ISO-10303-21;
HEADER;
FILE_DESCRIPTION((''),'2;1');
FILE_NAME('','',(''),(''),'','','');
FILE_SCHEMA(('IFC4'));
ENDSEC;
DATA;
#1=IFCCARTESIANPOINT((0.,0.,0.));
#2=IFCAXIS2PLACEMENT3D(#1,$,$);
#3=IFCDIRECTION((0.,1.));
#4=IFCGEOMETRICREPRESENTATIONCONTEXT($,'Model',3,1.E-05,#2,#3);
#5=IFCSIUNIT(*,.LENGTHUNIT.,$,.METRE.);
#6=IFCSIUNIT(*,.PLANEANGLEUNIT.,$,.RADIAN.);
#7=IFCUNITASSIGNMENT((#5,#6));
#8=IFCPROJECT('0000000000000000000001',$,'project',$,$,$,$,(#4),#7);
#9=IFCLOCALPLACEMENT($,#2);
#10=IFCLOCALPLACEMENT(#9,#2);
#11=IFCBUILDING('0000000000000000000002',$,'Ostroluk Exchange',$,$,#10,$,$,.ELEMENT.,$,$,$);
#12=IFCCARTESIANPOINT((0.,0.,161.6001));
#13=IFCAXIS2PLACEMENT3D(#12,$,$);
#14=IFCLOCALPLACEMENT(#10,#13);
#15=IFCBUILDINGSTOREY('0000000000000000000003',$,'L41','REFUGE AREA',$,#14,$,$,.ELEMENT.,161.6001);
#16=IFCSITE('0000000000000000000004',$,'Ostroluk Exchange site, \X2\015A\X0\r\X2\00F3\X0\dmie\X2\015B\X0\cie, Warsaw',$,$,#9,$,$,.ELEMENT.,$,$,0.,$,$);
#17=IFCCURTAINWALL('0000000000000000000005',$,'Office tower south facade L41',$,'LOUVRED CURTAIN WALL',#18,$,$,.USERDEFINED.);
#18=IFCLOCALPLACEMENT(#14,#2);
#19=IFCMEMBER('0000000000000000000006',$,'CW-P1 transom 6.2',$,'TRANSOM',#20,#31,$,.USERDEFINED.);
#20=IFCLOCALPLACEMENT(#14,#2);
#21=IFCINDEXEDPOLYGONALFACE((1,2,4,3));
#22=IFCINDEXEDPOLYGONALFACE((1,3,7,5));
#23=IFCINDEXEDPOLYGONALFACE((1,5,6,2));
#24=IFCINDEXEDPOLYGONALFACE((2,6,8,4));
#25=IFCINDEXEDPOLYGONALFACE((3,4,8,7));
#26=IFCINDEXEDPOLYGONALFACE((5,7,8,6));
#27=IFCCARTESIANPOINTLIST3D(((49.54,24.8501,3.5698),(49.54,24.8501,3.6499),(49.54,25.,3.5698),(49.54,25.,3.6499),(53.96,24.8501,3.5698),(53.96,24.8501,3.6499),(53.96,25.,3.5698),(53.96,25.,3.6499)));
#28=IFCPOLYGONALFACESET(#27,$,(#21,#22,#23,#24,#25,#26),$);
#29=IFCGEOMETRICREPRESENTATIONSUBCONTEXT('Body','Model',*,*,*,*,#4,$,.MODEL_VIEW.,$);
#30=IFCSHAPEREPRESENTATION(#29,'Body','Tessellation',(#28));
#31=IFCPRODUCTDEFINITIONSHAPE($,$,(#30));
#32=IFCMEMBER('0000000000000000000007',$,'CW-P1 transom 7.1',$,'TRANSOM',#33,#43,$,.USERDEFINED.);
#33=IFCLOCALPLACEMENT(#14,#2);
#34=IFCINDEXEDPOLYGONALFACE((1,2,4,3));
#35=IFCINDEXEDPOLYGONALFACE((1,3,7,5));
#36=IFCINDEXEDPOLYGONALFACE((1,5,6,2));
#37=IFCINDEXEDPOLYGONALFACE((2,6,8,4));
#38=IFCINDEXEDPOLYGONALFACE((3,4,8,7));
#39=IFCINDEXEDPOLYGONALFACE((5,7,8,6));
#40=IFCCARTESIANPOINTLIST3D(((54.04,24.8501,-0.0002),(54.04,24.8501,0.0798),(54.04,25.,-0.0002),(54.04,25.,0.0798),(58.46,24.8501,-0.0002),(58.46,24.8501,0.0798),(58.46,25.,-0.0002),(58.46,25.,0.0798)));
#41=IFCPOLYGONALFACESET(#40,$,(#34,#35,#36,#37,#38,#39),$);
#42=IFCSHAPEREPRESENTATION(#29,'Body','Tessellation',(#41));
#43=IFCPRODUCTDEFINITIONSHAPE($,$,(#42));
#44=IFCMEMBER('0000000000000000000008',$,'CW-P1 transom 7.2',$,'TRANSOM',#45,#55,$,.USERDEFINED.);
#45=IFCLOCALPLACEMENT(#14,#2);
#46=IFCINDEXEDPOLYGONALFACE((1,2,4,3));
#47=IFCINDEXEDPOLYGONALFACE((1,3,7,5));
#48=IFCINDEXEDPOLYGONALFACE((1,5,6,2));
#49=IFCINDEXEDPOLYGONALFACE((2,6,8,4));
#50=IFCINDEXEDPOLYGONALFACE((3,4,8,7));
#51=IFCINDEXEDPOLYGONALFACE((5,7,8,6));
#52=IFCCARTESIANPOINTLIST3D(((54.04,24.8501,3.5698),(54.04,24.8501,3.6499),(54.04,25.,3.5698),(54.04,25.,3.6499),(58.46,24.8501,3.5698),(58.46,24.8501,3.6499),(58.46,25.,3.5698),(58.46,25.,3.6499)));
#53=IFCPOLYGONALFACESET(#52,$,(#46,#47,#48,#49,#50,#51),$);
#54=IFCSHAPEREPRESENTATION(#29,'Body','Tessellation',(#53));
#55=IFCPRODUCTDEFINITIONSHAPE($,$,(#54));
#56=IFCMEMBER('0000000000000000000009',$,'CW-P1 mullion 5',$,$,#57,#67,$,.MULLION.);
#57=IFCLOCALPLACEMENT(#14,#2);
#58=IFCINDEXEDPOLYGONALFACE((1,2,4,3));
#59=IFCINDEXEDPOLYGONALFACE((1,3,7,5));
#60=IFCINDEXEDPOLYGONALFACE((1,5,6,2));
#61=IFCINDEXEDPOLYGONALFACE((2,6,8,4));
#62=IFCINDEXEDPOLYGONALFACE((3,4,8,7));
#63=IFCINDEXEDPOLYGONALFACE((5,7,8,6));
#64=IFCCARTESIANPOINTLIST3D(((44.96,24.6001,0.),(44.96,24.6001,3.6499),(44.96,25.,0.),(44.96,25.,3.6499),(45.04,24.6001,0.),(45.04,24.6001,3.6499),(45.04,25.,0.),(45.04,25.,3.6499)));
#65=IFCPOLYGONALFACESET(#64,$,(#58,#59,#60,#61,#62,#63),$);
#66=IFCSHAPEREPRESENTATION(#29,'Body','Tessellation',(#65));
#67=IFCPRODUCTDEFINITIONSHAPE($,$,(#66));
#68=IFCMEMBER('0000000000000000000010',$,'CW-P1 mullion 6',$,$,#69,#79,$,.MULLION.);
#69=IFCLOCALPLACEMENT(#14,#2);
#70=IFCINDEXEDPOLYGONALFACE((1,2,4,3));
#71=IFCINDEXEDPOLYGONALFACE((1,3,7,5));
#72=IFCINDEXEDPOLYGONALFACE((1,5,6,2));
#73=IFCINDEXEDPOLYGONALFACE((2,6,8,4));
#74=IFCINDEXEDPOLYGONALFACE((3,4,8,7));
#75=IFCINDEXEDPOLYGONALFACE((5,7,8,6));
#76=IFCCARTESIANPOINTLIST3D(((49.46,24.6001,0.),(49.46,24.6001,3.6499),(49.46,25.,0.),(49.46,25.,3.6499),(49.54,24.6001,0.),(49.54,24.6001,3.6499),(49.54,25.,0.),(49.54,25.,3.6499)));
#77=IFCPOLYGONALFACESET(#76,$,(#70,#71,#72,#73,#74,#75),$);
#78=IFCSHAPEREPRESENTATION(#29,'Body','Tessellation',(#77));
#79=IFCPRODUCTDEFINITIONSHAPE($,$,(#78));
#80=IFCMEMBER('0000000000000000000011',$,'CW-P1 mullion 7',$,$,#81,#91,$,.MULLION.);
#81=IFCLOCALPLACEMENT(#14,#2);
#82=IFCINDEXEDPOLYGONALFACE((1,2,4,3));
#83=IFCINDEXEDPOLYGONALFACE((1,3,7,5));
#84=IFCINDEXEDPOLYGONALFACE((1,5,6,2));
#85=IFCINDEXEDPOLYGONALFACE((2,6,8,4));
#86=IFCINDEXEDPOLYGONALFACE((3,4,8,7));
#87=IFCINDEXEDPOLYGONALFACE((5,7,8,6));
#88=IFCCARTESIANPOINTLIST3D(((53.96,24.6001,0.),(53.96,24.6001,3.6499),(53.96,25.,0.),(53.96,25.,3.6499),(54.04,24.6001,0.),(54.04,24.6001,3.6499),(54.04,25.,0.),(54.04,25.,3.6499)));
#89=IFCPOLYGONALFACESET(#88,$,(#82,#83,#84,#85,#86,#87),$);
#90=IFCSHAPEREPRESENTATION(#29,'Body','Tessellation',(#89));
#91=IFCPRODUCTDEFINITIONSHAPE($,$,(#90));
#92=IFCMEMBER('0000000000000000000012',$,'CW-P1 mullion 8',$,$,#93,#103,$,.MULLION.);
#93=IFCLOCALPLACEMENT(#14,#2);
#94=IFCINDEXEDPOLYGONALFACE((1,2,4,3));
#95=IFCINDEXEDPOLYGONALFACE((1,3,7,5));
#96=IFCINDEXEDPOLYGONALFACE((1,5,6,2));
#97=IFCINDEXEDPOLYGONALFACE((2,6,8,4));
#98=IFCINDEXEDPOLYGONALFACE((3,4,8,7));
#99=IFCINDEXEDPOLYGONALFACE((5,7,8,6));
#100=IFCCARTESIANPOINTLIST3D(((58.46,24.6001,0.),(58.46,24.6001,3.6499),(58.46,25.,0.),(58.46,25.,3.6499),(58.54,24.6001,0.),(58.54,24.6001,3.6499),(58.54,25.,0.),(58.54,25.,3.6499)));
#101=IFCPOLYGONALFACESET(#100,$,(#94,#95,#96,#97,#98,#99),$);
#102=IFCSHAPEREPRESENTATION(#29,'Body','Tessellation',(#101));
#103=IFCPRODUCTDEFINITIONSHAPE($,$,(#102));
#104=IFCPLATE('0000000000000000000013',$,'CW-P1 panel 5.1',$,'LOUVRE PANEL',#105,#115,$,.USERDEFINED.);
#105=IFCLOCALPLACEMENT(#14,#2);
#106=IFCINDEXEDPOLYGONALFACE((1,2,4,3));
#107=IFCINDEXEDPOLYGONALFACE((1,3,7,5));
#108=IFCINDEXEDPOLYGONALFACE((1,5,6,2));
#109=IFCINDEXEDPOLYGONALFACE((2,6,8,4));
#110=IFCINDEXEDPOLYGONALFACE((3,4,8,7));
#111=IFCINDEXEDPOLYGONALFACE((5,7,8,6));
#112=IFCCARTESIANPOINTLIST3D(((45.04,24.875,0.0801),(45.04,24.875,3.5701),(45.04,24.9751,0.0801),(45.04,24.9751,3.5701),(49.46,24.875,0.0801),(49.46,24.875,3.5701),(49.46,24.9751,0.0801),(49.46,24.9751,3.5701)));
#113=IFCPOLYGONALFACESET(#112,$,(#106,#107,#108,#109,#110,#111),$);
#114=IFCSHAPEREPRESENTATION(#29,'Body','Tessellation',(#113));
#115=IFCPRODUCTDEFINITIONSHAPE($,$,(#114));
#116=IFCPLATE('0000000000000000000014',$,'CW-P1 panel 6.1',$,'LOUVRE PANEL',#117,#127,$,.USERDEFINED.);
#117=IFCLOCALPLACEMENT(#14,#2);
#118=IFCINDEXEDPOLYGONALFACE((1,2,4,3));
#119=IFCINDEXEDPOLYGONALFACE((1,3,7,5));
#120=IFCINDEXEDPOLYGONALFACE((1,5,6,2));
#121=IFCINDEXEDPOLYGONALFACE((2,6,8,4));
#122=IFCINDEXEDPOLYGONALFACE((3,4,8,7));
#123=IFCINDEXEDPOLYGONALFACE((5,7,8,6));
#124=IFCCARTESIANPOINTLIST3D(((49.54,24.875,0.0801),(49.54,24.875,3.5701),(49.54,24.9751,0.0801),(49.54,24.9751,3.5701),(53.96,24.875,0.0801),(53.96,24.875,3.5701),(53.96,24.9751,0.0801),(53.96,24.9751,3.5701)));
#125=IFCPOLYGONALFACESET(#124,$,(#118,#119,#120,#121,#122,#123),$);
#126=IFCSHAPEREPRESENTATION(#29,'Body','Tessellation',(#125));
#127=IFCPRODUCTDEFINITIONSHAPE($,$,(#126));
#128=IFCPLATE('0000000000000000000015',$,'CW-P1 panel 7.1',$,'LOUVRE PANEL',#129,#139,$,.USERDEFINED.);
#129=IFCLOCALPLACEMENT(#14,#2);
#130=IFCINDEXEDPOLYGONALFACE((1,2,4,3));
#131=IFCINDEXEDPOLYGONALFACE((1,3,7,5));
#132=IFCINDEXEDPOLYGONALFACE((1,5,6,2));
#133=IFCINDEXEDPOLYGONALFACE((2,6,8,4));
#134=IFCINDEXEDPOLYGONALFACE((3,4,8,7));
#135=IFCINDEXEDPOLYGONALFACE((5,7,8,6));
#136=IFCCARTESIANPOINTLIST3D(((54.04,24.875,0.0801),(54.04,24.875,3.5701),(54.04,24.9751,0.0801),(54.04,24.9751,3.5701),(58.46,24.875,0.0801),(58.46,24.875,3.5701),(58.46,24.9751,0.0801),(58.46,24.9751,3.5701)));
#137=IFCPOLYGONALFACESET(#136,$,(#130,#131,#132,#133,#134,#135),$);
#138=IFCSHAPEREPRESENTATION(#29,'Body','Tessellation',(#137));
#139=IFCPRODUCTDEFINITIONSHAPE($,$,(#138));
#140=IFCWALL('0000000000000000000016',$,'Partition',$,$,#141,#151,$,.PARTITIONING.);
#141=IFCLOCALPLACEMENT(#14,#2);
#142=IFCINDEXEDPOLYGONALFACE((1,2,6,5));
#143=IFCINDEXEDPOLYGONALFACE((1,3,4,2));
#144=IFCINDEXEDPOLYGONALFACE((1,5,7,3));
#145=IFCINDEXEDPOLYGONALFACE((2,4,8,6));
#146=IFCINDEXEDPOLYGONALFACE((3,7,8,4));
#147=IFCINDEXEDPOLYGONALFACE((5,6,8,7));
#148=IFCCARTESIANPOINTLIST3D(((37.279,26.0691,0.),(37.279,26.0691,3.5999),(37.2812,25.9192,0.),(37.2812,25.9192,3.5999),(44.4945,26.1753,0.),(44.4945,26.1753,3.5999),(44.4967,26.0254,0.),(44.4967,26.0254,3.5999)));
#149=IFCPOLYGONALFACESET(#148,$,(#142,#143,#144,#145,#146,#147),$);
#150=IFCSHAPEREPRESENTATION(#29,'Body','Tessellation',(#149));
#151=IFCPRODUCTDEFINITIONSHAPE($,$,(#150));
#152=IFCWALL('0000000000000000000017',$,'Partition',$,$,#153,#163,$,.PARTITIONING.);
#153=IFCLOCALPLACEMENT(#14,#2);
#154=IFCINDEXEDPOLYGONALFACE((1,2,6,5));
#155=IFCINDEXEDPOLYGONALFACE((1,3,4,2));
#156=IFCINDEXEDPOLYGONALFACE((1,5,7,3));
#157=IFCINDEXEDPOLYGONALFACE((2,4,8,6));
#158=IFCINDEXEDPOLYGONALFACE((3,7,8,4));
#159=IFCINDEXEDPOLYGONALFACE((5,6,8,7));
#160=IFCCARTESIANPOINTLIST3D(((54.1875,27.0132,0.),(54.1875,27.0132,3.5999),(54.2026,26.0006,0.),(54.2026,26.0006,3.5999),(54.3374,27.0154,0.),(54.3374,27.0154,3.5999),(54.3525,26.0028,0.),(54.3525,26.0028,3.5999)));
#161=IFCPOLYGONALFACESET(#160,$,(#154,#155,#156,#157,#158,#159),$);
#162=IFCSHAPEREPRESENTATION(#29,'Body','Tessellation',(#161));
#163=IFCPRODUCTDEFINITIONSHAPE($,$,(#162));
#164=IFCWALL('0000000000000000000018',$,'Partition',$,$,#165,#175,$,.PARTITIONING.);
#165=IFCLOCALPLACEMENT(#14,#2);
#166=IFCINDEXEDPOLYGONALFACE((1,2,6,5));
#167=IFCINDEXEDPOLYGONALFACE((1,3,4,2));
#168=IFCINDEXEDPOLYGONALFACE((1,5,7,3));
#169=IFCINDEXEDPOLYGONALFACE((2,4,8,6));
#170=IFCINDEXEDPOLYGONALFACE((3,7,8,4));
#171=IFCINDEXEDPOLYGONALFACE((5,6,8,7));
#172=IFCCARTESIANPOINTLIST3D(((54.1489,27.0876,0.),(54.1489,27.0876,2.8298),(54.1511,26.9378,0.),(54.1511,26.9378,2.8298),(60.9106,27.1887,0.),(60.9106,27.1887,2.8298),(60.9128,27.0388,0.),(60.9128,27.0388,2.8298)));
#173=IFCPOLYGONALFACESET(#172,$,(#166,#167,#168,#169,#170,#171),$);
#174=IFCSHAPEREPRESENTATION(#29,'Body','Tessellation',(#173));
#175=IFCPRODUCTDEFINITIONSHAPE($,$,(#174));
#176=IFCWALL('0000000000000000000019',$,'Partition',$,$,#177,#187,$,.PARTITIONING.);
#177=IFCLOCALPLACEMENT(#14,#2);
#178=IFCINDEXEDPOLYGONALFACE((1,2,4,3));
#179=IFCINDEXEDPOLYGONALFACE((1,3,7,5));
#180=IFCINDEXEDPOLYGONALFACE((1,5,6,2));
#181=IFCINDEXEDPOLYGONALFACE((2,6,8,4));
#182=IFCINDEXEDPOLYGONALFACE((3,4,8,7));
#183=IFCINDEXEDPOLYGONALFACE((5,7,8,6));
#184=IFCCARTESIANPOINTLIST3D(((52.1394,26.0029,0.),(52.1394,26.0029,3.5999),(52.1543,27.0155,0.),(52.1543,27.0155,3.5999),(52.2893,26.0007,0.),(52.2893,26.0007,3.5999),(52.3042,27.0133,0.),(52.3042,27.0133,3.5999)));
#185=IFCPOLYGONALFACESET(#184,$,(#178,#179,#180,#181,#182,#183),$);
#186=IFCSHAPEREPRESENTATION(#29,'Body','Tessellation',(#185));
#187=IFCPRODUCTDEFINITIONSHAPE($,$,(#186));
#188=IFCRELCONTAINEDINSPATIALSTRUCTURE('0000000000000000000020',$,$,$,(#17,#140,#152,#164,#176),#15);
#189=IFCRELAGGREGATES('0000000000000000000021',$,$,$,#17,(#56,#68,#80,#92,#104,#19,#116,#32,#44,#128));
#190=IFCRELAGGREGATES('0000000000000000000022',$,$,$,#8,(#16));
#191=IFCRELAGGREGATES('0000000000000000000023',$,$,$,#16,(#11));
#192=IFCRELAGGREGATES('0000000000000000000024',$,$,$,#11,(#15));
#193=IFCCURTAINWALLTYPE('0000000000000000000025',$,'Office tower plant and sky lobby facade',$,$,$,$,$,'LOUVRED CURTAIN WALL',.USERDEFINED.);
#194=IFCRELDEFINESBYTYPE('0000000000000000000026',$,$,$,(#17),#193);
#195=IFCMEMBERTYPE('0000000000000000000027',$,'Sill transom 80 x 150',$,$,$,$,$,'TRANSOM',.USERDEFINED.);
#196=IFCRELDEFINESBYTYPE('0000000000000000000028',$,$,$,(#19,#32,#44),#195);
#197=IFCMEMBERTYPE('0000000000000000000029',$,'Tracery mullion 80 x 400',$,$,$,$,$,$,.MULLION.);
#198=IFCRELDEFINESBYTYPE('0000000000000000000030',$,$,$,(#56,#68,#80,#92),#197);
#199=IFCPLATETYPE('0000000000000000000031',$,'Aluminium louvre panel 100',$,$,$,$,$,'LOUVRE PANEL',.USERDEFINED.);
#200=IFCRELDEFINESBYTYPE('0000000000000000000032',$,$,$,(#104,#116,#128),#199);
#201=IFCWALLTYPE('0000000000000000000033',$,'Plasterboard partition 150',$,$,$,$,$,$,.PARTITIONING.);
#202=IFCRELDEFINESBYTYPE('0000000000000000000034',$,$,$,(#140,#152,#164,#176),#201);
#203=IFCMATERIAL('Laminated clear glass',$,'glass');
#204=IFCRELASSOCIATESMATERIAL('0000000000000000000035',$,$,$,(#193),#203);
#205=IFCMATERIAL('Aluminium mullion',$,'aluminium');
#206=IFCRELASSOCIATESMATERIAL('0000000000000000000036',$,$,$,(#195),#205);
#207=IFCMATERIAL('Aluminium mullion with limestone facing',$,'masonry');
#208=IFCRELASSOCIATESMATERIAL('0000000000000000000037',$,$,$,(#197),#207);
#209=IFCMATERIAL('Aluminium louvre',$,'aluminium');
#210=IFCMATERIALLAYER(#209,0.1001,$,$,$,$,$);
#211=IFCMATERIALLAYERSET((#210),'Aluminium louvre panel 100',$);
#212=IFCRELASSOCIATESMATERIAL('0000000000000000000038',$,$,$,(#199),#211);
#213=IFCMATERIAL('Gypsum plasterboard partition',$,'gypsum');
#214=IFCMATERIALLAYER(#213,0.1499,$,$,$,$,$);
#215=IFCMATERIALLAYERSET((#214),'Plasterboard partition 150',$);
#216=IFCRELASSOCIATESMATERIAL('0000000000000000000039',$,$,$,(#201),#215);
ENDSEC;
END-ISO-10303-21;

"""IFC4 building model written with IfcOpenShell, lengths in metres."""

from ifc_helpers import new_model, si_unit, direction, frame, frame_2d, origin, origin_2d, place, context, subcontext, project, spatial, rectangle, extrude, material, layer, layer_set, material_profile, profile_set, type_object, element, aggregate, save


model = new_model("IFC4")

# Units and contexts
model_context = context("Model", 3, precision=1e-05, world=origin(), true_north=direction((0.0, 1.0)))
body_context = subcontext(model_context, "Body", "Model", "MODEL_VIEW")
ifc_project = project(units=[si_unit("LENGTHUNIT", "METRE"), si_unit("PLANEANGLEUNIT", "RADIAN")], contexts=[model_context])

# Site, building, storey
site_placement = place(None, origin())
site = spatial("IfcSite", under=ifc_project, at=site_placement, Name="Ostroluk Exchange site, Śródmieście, Warsaw", CompositionType="ELEMENT", RefElevation=0.0)
building_placement = place(site_placement, origin())
building = spatial("IfcBuilding", under=site, at=building_placement, Name="Ostroluk Exchange", CompositionType="ELEMENT")
storey_placement = place(building_placement, frame((0.0, 0.0, 161.6001)))
storey = spatial("IfcBuildingStorey", under=building, at=storey_placement, Name="L41", Description="REFUGE AREA", CompositionType="ELEMENT", Elevation=161.6001)

# Curtain wall, members, plates
ifc_material_1 = material(Name="Laminated clear glass", Category="glass")
curtain_wall_type = type_object("IfcCurtainWallType", Name="Office tower plant and sky lobby facade", ElementType="LOUVRED CURTAIN WALL", PredefinedType="USERDEFINED", material=ifc_material_1)
curtain_wall_placement = place(storey_placement, origin())
curtain_wall = element("IfcCurtainWall", 1, at=curtain_wall_placement, inside=storey, type_object=curtain_wall_type, Name="Office tower south facade L41", ObjectType="LOUVRED CURTAIN WALL", PredefinedType="USERDEFINED")
ifc_material_2 = material(Name="Aluminium mullion", Category="aluminium")
ifc_material_profile_1 = material_profile(ifc_material_2, rectangle(XDim=0.1499, YDim=0.0801, at=origin_2d()), Name="Sill transom 80 x 150")
ifc_profile_set_1 = profile_set([ifc_material_profile_1], Name="Aluminium mullion")
member_type_1 = type_object("IfcMemberType", Name="Sill transom 80 x 150", ElementType="TRANSOM", PredefinedType="USERDEFINED", material=ifc_profile_set_1)
member_1_placement = place(storey_placement, frame((49.54, 24.925, 3.6099), z_axis=(1.0, 0.0, 0.0), x_axis=(0.0, 1.0, 0.0)))
member_1 = element("IfcMember", 2, at=member_1_placement, type_object=member_type_1, Name="CW-P1 transom 6.2", ObjectType="TRANSOM", PredefinedType="USERDEFINED", context=body_context, shape_type="SweptSolid", body=[
    extrude(rectangle(XDim=0.1499, YDim=0.0801, at=origin_2d()), origin(), (0.0, 0.0, 1.0), 4.4199),
])
member_2_placement = place(storey_placement, frame((54.04, 24.925, 0.0398), z_axis=(1.0, 0.0, 0.0), x_axis=(0.0, 1.0, 0.0)))
member_2 = element("IfcMember", 3, at=member_2_placement, type_object=member_type_1, Name="CW-P1 transom 7.1", ObjectType="TRANSOM", PredefinedType="USERDEFINED", context=body_context, shape_type="SweptSolid", body=[
    extrude(rectangle(XDim=0.1499, YDim=0.0801, at=origin_2d()), origin(), (0.0, 0.0, 1.0), 4.4199),
])
member_3_placement = place(storey_placement, frame((54.04, 24.925, 3.6099), z_axis=(1.0, 0.0, 0.0), x_axis=(0.0, 1.0, 0.0)))
member_3 = element("IfcMember", 4, at=member_3_placement, type_object=member_type_1, Name="CW-P1 transom 7.2", ObjectType="TRANSOM", PredefinedType="USERDEFINED", context=body_context, shape_type="SweptSolid", body=[
    extrude(rectangle(XDim=0.1499, YDim=0.0801, at=origin_2d()), origin(), (0.0, 0.0, 1.0), 4.4199),
])
ifc_material_3 = material(Name="Aluminium mullion with limestone facing", Category="masonry")
ifc_material_profile_2 = material_profile(ifc_material_3, rectangle(XDim=0.3999, YDim=0.0801, at=origin_2d()), Name="Tracery mullion 80 x 400")
ifc_profile_set_2 = profile_set([ifc_material_profile_2], Name="Aluminium mullion with limestone facing")
member_type_2 = type_object("IfcMemberType", Name="Tracery mullion 80 x 400", PredefinedType="MULLION", material=ifc_profile_set_2)
member_4_placement = place(storey_placement, frame((45.0, 24.8, 0.0), z_axis=(0.0, 0.0, 1.0), x_axis=(0.0, 1.0, 0.0)))
member_4 = element("IfcMember", 5, at=member_4_placement, type_object=member_type_2, Name="CW-P1 mullion 5", PredefinedType="MULLION", context=body_context, shape_type="SweptSolid", body=[
    extrude(rectangle(XDim=0.3999, YDim=0.0801, at=origin_2d()), origin(), (0.0, 0.0, 1.0), 3.6499),
])
member_5_placement = place(storey_placement, frame((49.5, 24.8, 0.0), z_axis=(0.0, 0.0, 1.0), x_axis=(0.0, 1.0, 0.0)))
member_5 = element("IfcMember", 6, at=member_5_placement, type_object=member_type_2, Name="CW-P1 mullion 6", PredefinedType="MULLION", context=body_context, shape_type="SweptSolid", body=[
    extrude(rectangle(XDim=0.3999, YDim=0.0801, at=origin_2d()), origin(), (0.0, 0.0, 1.0), 3.6499),
])
member_6_placement = place(storey_placement, frame((54.0, 24.8, 0.0), z_axis=(0.0, 0.0, 1.0), x_axis=(0.0, 1.0, 0.0)))
member_6 = element("IfcMember", 7, at=member_6_placement, type_object=member_type_2, Name="CW-P1 mullion 7", PredefinedType="MULLION", context=body_context, shape_type="SweptSolid", body=[
    extrude(rectangle(XDim=0.3999, YDim=0.0801, at=origin_2d()), origin(), (0.0, 0.0, 1.0), 3.6499),
])
member_7_placement = place(storey_placement, frame((58.5, 24.8, 0.0), z_axis=(0.0, 0.0, 1.0), x_axis=(0.0, 1.0, 0.0)))
member_7 = element("IfcMember", 8, at=member_7_placement, type_object=member_type_2, Name="CW-P1 mullion 8", PredefinedType="MULLION", context=body_context, shape_type="SweptSolid", body=[
    extrude(rectangle(XDim=0.3999, YDim=0.0801, at=origin_2d()), origin(), (0.0, 0.0, 1.0), 3.6499),
])
ifc_material_4 = material(Name="Aluminium louvre", Category="aluminium")
ifc_layer_1 = layer(ifc_material_4, 0.1001)
ifc_layer_set_1 = layer_set([ifc_layer_1], Name="Aluminium louvre panel 100")
plate_type = type_object("IfcPlateType", Name="Aluminium louvre panel 100", ElementType="LOUVRE PANEL", PredefinedType="USERDEFINED", material=ifc_layer_set_1)
plate_1_placement = place(storey_placement, frame((47.25, 24.925, 0.0801), z_axis=(0.0, 0.0, 1.0), x_axis=(1.0, 0.0, 0.0)))
plate_1 = element("IfcPlate", 9, at=plate_1_placement, type_object=plate_type, Name="CW-P1 panel 5.1", ObjectType="LOUVRE PANEL", PredefinedType="USERDEFINED", context=body_context, shape_type="SweptSolid", body=[
    extrude(rectangle(XDim=4.4199, YDim=0.1001, at=origin_2d()), origin(), (0.0, 0.0, 1.0), 3.49),
])
plate_2_placement = place(storey_placement, frame((51.75, 24.925, 0.0801), z_axis=(0.0, 0.0, 1.0), x_axis=(1.0, 0.0, 0.0)))
plate_2 = element("IfcPlate", 10, at=plate_2_placement, type_object=plate_type, Name="CW-P1 panel 6.1", ObjectType="LOUVRE PANEL", PredefinedType="USERDEFINED", context=body_context, shape_type="SweptSolid", body=[
    extrude(rectangle(XDim=4.4199, YDim=0.1001, at=origin_2d()), origin(), (0.0, 0.0, 1.0), 3.49),
])
plate_3_placement = place(storey_placement, frame((56.25, 24.925, 0.0801), z_axis=(0.0, 0.0, 1.0), x_axis=(1.0, 0.0, 0.0)))
plate_3 = element("IfcPlate", 11, at=plate_3_placement, type_object=plate_type, Name="CW-P1 panel 7.1", ObjectType="LOUVRE PANEL", PredefinedType="USERDEFINED", context=body_context, shape_type="SweptSolid", body=[
    extrude(rectangle(XDim=4.4199, YDim=0.1001, at=origin_2d()), origin(), (0.0, 0.0, 1.0), 3.49),
])
aggregate(curtain_wall, [member_4, member_5, member_6, member_7, plate_1, member_1, plate_2, member_2, member_3, plate_3])

# Walls
ifc_material_5 = material(Name="Gypsum plasterboard partition", Category="gypsum")
ifc_layer_2 = layer(ifc_material_5, 0.1499)
ifc_layer_set_2 = layer_set([ifc_layer_2], Name="Plasterboard partition 150")
wall_type = type_object("IfcWallType", Name="Plasterboard partition 150", PredefinedType="PARTITIONING", material=ifc_layer_set_2)
wall_1_placement = place(storey_placement, frame((44.4956, 26.1003, 0.0), z_axis=(0.0, 0.0, 1.0), x_axis=(-0.999892, -0.014717, 0.0)))
element("IfcWall", 12, at=wall_1_placement, inside=storey, type_object=wall_type, Name="Partition", PredefinedType="PARTITIONING", context=body_context, shape_type="SweptSolid", body=[
    extrude(rectangle(XDim=7.2163, YDim=0.1499, at=frame_2d((3.6082, 0.0))), origin(), (0.0, 0.0, 1.0), 3.5999),
])
wall_2_placement = place(storey_placement, frame((54.2776, 26.0017, 0.0), z_axis=(0.0, 0.0, 1.0), x_axis=(-0.014945, 0.999888, 0.0)))
element("IfcWall", 13, at=wall_2_placement, inside=storey, type_object=wall_type, Name="Partition", PredefinedType="PARTITIONING", context=body_context, shape_type="SweptSolid", body=[
    extrude(rectangle(XDim=1.0127, YDim=0.1499, at=frame_2d((0.5063, 0.0))), origin(), (0.0, 0.0, 1.0), 3.5999),
])
wall_3_placement = place(storey_placement, frame((54.1499, 27.0127, 0.0), z_axis=(0.0, 0.0, 1.0), x_axis=(0.999888, 0.014946, 0.0)))
element("IfcWall", 14, at=wall_3_placement, inside=storey, type_object=wall_type, Name="Partition", PredefinedType="PARTITIONING", context=body_context, shape_type="SweptSolid", body=[
    extrude(rectangle(XDim=6.7625, YDim=0.1499, at=frame_2d((3.3813, 0.0))), origin(), (0.0, 0.0, 1.0), 2.8298),
])
wall_4_placement = place(storey_placement, frame((52.2292, 27.0144, 0.0), z_axis=(0.0, 0.0, 1.0), x_axis=(-0.014704, -0.999892, 0.0)))
element("IfcWall", 15, at=wall_4_placement, inside=storey, type_object=wall_type, Name="Partition", PredefinedType="PARTITIONING", context=body_context, shape_type="SweptSolid", body=[
    extrude(rectangle(XDim=1.0127, YDim=0.1499, at=frame_2d((0.5063, 0.0))), origin(), (0.0, 0.0, 1.0), 3.5999),
])

save(model, "model.ifc")
